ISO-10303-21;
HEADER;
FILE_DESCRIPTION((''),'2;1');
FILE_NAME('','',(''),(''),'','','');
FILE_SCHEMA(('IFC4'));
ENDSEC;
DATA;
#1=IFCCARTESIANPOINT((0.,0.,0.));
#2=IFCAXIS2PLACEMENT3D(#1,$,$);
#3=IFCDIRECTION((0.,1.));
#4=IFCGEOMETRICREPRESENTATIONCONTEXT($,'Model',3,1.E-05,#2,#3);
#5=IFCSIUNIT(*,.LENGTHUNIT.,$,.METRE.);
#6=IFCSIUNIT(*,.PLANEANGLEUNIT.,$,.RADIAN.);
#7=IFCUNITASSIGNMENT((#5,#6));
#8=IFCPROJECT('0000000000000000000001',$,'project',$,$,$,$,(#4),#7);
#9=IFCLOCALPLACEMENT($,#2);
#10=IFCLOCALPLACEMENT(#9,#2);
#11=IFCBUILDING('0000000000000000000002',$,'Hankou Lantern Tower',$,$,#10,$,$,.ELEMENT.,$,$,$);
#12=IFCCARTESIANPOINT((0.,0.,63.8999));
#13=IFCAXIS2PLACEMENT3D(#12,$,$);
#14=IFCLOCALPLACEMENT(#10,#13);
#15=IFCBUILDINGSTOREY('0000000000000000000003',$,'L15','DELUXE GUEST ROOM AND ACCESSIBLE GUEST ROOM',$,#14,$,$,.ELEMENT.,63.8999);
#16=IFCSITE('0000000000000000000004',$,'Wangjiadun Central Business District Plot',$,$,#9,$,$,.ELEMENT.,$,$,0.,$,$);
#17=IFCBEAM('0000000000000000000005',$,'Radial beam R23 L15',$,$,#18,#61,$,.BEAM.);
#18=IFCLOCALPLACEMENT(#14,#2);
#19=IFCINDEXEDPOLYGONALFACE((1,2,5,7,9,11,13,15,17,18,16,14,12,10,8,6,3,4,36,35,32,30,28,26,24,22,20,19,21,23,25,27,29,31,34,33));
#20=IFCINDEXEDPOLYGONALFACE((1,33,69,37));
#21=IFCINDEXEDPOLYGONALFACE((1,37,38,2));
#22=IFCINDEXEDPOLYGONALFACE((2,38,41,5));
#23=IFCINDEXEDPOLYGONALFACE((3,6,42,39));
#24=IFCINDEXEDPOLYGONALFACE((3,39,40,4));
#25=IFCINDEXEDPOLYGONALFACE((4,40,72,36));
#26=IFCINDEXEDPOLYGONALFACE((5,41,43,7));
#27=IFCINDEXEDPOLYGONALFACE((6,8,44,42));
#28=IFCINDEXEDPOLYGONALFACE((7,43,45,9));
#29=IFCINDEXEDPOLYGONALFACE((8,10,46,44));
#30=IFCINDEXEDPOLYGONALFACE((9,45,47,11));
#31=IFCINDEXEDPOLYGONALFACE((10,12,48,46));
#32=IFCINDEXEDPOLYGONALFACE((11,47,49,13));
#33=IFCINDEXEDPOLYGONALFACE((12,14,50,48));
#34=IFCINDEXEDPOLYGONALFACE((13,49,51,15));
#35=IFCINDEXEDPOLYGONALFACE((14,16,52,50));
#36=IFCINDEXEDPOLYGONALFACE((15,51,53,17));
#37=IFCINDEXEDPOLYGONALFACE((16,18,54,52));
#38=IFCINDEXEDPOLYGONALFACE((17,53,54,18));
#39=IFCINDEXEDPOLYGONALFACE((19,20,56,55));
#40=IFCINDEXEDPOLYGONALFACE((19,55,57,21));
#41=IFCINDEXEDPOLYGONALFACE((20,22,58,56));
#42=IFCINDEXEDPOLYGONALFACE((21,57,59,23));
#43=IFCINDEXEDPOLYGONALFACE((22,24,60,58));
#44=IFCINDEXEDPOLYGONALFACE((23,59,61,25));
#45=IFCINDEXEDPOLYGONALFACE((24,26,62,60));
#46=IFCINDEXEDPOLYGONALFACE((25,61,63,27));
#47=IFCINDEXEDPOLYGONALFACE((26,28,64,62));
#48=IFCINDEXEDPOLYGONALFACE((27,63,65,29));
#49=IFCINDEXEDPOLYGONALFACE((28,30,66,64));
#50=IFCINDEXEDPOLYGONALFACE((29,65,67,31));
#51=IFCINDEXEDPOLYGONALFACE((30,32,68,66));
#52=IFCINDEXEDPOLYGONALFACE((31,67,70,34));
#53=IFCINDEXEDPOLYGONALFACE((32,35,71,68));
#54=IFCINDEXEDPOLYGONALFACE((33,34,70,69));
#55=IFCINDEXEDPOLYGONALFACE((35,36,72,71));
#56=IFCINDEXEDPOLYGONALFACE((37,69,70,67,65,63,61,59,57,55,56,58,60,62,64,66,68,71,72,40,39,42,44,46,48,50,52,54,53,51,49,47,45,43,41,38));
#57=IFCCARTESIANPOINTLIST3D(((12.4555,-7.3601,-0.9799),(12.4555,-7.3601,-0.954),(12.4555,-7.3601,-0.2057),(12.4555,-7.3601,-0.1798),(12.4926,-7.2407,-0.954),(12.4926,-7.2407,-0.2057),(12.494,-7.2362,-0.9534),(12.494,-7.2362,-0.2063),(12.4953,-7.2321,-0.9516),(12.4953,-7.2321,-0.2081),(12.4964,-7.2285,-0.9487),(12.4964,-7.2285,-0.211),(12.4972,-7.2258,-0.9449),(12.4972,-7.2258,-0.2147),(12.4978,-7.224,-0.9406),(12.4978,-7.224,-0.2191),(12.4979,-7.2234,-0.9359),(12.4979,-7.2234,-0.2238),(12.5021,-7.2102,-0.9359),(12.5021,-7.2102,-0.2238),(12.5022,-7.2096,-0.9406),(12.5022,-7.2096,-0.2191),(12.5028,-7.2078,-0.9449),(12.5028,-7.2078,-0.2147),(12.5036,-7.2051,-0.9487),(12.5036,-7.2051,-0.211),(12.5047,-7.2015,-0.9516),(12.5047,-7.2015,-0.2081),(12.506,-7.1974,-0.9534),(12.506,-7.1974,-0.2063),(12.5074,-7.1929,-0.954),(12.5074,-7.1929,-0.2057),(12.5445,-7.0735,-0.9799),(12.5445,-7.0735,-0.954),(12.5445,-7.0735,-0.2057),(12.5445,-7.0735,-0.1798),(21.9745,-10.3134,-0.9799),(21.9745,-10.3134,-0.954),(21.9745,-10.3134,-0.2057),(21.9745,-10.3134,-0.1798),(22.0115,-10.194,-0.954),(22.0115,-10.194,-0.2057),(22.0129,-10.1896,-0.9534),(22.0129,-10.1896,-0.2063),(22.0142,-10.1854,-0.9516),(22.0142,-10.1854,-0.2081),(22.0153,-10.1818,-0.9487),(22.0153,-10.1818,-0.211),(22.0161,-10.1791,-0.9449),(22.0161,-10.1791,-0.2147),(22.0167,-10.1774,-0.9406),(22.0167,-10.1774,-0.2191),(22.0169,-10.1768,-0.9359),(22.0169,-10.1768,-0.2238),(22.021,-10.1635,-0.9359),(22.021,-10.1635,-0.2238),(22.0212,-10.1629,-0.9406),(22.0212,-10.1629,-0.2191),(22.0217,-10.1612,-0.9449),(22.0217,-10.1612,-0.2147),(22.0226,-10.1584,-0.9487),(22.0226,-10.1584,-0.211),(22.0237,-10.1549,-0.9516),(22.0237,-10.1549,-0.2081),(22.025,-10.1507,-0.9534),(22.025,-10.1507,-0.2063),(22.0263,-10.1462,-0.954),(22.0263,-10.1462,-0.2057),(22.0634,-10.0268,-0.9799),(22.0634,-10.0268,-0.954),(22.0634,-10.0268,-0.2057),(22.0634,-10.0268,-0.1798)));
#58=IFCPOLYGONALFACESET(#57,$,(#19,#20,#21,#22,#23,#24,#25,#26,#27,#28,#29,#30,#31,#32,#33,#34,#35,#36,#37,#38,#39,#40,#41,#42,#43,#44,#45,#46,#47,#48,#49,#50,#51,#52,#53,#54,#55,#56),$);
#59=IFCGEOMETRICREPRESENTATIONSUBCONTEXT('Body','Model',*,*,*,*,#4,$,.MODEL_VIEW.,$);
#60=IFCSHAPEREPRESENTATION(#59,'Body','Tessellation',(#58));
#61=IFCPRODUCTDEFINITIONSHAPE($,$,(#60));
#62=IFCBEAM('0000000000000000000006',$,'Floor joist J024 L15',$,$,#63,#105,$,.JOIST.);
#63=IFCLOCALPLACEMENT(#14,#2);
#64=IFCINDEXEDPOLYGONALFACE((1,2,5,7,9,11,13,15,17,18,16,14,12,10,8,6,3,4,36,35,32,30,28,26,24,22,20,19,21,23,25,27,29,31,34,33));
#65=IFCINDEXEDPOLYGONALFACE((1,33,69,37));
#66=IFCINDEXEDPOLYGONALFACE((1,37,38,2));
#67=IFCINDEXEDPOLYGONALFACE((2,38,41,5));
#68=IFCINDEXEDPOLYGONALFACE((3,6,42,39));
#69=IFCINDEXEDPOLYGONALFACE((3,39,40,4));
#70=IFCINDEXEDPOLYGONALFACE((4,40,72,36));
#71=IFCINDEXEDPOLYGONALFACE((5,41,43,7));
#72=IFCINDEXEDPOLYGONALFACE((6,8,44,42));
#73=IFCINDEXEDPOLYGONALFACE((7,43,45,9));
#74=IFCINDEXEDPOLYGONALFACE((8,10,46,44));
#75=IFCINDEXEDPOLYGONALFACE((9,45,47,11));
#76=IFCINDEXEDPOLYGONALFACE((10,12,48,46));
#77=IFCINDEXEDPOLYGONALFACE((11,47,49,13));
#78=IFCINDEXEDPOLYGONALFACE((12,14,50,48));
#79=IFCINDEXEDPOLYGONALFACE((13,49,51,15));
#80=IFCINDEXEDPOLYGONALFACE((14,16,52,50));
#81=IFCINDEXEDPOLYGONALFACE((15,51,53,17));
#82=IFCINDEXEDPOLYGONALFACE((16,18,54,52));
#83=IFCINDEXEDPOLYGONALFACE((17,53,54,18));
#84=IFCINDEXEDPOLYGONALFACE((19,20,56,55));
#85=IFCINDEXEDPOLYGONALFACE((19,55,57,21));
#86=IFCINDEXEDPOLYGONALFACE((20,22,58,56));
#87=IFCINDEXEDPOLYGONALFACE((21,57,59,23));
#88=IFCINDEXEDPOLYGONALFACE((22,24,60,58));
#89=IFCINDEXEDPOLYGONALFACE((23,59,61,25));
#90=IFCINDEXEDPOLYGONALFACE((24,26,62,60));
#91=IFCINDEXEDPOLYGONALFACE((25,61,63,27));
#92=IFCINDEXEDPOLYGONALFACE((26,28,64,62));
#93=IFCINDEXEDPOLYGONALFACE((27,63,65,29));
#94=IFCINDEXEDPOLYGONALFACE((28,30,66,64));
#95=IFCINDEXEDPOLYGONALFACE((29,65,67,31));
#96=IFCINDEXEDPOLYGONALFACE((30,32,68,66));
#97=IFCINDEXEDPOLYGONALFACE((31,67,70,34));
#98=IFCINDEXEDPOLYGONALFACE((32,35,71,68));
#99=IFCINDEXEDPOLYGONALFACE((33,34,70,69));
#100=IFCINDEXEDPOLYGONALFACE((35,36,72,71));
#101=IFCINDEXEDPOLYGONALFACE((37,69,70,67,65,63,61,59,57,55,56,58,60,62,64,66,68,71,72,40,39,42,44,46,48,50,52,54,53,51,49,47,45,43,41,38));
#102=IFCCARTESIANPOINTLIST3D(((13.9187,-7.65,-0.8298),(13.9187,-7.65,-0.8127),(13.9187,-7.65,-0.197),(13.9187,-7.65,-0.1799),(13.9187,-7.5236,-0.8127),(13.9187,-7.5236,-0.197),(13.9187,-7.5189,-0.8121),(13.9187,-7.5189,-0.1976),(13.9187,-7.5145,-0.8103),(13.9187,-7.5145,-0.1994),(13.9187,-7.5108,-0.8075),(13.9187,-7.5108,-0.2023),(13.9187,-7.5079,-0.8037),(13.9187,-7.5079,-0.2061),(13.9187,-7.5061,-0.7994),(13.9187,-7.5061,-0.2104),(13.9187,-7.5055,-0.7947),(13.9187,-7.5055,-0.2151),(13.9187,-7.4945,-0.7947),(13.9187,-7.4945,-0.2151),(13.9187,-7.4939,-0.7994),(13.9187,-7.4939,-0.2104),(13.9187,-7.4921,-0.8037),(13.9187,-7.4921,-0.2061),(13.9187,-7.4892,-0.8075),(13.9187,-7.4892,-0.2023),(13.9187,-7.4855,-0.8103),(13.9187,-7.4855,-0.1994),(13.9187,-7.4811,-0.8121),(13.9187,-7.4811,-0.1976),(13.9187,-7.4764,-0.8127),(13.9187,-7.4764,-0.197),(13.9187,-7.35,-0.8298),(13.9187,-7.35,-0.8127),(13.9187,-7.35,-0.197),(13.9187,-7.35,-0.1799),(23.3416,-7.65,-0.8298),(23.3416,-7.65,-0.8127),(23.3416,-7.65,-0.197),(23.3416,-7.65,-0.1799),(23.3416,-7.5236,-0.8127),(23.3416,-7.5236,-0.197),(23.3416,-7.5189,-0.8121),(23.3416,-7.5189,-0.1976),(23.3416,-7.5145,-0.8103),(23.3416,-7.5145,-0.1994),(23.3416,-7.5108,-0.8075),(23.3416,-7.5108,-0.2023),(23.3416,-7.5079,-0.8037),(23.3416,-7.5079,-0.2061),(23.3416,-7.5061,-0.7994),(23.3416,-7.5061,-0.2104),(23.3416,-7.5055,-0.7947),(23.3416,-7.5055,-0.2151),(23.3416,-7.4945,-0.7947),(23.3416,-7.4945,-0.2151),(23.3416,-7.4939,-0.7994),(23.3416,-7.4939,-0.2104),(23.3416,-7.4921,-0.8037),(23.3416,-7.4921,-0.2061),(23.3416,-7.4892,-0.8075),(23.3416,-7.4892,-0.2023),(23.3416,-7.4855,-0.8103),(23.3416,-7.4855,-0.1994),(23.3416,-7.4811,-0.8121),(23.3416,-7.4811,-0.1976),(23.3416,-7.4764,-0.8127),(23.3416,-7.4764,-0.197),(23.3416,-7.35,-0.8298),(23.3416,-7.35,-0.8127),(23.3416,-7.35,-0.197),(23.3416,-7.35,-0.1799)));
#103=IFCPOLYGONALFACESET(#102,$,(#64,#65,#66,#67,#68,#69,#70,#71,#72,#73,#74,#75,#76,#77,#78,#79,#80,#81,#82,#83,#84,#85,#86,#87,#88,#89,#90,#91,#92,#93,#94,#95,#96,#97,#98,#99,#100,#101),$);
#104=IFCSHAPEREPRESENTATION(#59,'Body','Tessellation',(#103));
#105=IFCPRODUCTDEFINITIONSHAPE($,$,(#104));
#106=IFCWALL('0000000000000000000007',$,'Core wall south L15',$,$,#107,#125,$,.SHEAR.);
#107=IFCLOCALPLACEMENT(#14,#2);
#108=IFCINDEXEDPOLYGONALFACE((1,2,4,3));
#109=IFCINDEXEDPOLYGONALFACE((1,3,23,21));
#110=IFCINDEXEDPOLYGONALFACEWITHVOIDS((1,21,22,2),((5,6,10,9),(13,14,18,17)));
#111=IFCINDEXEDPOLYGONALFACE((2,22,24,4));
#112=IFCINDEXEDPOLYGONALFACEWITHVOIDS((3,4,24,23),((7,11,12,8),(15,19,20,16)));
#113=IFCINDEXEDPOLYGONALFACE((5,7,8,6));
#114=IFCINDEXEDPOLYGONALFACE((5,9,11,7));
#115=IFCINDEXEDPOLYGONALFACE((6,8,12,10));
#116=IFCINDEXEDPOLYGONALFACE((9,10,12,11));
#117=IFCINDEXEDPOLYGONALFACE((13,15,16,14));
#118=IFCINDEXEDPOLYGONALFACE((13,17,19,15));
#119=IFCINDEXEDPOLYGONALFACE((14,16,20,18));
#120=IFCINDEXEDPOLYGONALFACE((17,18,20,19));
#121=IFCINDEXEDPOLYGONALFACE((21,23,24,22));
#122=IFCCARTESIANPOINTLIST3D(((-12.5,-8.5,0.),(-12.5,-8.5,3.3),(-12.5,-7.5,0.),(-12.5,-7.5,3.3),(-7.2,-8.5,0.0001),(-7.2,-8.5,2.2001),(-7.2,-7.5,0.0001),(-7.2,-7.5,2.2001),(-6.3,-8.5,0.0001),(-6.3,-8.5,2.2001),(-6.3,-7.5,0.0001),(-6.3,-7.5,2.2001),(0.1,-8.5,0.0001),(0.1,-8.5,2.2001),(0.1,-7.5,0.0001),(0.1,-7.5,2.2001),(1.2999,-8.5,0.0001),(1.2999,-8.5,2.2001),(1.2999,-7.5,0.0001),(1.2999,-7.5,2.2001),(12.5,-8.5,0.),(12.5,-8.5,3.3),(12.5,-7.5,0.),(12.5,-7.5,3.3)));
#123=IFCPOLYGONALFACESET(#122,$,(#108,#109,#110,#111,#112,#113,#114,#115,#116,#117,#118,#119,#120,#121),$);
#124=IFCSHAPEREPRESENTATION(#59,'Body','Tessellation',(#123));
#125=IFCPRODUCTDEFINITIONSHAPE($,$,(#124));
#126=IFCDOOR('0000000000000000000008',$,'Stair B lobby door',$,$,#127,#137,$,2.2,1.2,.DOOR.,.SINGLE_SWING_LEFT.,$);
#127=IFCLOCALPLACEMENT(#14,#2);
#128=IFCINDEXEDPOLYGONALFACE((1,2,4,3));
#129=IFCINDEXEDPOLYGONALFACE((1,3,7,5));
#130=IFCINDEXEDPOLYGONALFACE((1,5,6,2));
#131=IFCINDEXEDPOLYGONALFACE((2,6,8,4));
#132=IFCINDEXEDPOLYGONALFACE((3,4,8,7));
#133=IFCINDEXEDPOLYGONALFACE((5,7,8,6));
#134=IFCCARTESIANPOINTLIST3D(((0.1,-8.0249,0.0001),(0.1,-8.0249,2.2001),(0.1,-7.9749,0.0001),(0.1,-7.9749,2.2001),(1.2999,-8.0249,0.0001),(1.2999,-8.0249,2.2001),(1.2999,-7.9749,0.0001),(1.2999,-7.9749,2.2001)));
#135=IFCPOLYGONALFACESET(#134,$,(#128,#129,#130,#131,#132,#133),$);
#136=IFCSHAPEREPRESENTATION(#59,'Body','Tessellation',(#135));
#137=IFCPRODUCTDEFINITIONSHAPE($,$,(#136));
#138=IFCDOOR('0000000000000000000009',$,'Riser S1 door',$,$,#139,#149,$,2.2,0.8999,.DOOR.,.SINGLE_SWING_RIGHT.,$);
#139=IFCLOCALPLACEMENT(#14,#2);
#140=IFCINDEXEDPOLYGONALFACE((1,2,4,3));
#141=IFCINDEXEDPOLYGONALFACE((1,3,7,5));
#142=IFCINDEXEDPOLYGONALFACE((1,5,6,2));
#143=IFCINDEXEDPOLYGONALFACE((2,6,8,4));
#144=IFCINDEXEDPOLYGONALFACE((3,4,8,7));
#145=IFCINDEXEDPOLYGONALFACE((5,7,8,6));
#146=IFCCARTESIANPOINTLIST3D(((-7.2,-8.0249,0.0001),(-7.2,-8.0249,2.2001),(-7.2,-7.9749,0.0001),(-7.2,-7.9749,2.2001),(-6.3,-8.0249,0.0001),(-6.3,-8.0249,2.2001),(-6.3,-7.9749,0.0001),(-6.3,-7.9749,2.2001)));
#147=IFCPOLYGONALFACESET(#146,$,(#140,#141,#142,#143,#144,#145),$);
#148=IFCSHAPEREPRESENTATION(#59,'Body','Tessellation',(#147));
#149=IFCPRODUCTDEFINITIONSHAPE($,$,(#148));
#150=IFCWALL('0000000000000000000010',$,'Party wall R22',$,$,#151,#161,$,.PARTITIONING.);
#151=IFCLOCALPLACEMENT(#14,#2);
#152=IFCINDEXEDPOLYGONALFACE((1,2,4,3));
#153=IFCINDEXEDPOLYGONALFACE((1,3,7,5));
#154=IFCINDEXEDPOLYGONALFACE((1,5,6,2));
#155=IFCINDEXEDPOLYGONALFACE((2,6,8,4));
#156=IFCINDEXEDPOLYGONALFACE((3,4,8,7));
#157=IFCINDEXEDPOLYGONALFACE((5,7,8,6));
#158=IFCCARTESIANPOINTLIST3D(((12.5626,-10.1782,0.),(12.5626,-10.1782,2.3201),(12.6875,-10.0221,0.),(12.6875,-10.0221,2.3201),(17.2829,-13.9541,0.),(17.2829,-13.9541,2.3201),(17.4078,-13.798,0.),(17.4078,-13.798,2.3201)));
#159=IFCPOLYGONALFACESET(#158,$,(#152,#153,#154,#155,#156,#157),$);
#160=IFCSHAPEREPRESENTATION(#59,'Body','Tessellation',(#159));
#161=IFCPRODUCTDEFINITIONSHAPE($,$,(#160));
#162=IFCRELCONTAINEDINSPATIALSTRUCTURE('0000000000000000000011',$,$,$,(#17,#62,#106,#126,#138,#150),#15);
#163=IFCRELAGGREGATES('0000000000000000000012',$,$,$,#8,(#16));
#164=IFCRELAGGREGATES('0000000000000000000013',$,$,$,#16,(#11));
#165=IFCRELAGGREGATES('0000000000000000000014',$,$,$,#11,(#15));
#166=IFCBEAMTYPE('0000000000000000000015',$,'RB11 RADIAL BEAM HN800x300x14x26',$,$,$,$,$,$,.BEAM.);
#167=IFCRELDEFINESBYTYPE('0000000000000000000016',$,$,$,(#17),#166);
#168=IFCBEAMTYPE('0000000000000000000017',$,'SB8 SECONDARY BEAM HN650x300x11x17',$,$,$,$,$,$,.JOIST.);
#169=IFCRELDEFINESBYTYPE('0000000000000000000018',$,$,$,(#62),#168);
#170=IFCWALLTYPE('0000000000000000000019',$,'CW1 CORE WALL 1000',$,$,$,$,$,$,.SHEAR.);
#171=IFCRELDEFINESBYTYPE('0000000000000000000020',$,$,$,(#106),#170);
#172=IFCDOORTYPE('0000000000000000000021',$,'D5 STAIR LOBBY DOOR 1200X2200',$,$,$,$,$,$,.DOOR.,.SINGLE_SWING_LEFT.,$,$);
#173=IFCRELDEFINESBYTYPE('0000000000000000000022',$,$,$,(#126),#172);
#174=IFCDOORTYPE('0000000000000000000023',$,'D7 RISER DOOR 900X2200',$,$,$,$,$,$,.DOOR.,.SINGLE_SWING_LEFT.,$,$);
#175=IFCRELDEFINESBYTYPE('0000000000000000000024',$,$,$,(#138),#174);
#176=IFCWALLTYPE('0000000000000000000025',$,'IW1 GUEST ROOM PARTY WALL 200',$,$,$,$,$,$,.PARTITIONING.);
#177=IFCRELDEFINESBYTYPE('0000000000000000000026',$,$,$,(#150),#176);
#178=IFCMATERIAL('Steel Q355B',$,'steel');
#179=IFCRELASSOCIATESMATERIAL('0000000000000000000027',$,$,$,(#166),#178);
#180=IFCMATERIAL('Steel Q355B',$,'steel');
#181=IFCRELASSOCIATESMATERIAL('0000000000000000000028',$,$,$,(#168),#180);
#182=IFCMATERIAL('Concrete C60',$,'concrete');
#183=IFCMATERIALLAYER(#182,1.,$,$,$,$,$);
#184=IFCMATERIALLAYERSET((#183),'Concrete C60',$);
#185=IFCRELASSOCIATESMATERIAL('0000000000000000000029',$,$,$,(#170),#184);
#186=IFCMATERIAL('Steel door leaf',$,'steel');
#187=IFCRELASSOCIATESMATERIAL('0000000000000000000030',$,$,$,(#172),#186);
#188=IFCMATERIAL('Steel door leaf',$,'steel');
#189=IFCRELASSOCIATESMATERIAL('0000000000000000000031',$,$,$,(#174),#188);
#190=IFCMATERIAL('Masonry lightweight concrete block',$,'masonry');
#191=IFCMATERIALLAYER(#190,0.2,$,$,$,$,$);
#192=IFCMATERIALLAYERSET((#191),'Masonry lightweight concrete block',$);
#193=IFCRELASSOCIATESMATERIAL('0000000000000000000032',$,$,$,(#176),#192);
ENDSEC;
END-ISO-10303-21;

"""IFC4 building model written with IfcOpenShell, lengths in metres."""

from ifc_helpers import new_model, si_unit, direction, frame, frame_2d, origin, origin_2d, place, context, subcontext, project, spatial, rectangle, i_section, extrude, material, layer, layer_set, material_profile, profile_set, type_object, element, fill, save


model = new_model("IFC4")

# Units and contexts
model_context = context("Model", 3, precision=1e-05, world=origin(), true_north=direction((0.0, 1.0)))
body_context = subcontext(model_context, "Body", "Model", "MODEL_VIEW")
ifc_project = project(units=[si_unit("LENGTHUNIT", "METRE"), si_unit("PLANEANGLEUNIT", "RADIAN")], contexts=[model_context])

# Site, building, storey
site_placement = place(None, origin())
site = spatial("IfcSite", under=ifc_project, at=site_placement, Name="Wangjiadun Central Business District Plot", CompositionType="ELEMENT", RefElevation=0.0)
building_placement = place(site_placement, origin())
building = spatial("IfcBuilding", under=site, at=building_placement, Name="Hankou Lantern Tower", CompositionType="ELEMENT")
storey_placement = place(building_placement, frame((0.0, 0.0, 63.8999)))
storey = spatial("IfcBuildingStorey", under=building, at=storey_placement, Name="L15", Description="DELUXE GUEST ROOM AND ACCESSIBLE GUEST ROOM", CompositionType="ELEMENT", Elevation=63.8999)

# Beams
ifc_material_1 = material(Name="Steel Q355B", Category="steel")
ifc_material_profile_1 = material_profile(ifc_material_1, i_section(OverallWidth=0.3, OverallDepth=0.8, WebThickness=0.0139, FlangeThickness=0.0259, FilletRadius=0.0181, at=origin_2d()), Name="HN800x300x14x26")
ifc_profile_set_1 = profile_set([ifc_material_profile_1], Name="Steel Q355B")
beam_type_1 = type_object("IfcBeamType", Name="RB11 RADIAL BEAM HN800x300x14x26", PredefinedType="BEAM", material=ifc_profile_set_1)
beam_1_placement = place(storey_placement, frame((12.5, -7.2168, -0.5798), z_axis=(0.955087, -0.296324, 0.0), x_axis=(0.296324, 0.955087, 0.0)))
element("IfcBeam", 1, at=beam_1_placement, inside=storey, type_object=beam_type_1, Name="Radial beam R23 L15", PredefinedType="BEAM", context=body_context, shape_type="SweptSolid", body=[
    extrude(i_section(OverallWidth=0.3, OverallDepth=0.8, WebThickness=0.0139, FlangeThickness=0.0259, FilletRadius=0.0181, at=origin_2d()), origin(), (0.0, 0.0, 1.0), 9.9666),
])
ifc_material_2 = material(Name="Steel Q355B", Category="steel")
ifc_material_profile_2 = material_profile(ifc_material_2, i_section(OverallWidth=0.3, OverallDepth=0.6499, WebThickness=0.011, FlangeThickness=0.0171, FilletRadius=0.0181, at=origin_2d()), Name="HN650x300x11x17")
ifc_profile_set_2 = profile_set([ifc_material_profile_2], Name="Steel Q355B")
beam_type_2 = type_object("IfcBeamType", Name="SB8 SECONDARY BEAM HN650x300x11x17", PredefinedType="JOIST", material=ifc_profile_set_2)
beam_2_placement = place(storey_placement, frame((13.9187, -7.5, -0.5049), z_axis=(1.0, 0.0, 0.0), x_axis=(0.0, 1.0, 0.0)))
element("IfcBeam", 2, at=beam_2_placement, inside=storey, type_object=beam_type_2, Name="Floor joist J024 L15", PredefinedType="JOIST", context=body_context, shape_type="SweptSolid", body=[
    extrude(i_section(OverallWidth=0.3, OverallDepth=0.6499, WebThickness=0.011, FlangeThickness=0.0171, FilletRadius=0.0181, at=origin_2d()), origin(), (0.0, 0.0, 1.0), 9.4229),
])

# Wall, openings, doors
ifc_material_3 = material(Name="Concrete C60", Category="concrete")
ifc_layer_1 = layer(ifc_material_3, 1.0)
ifc_layer_set_1 = layer_set([ifc_layer_1], Name="Concrete C60")
wall_type_1 = type_object("IfcWallType", Name="CW1 CORE WALL 1000", PredefinedType="SHEAR", material=ifc_layer_set_1)
wall_1_placement = place(storey_placement, frame((12.5, -8.0, 0.0), z_axis=(0.0, 0.0, 1.0), x_axis=(-1.0, 0.0, 0.0)))
wall_1 = element("IfcWall", 3, at=wall_1_placement, inside=storey, type_object=wall_type_1, Name="Core wall south L15", PredefinedType="SHEAR", context=body_context, shape_type="SweptSolid", body=[
    extrude(rectangle(XDim=25.0, YDim=1.0, at=frame_2d((12.5, 0.0))), origin(), (0.0, 0.0, 1.0), 3.3),
])
opening_1_placement = place(wall_1_placement, frame((11.2, 0.0, 0.0)))
opening_1 = element("IfcOpeningElement", 4, at=opening_1_placement, cuts=wall_1, PredefinedType="OPENING", context=body_context, shape_type="SweptSolid", body=[
    extrude(rectangle(XDim=1.2, YDim=2.2, at=frame_2d((0.6001, 1.1001))), frame((0.0, 0.51, 0.0), z_axis=(0.0, -1.0, 0.0), x_axis=(1.0, 0.0, 0.0)), (0.0, 0.0, 1.0), 1.02),
])
opening_2_placement = place(wall_1_placement, frame((18.8, 0.0, 0.0)))
opening_2 = element("IfcOpeningElement", 5, at=opening_2_placement, cuts=wall_1, PredefinedType="OPENING", context=body_context, shape_type="SweptSolid", body=[
    extrude(rectangle(XDim=0.8999, YDim=2.2, at=frame_2d((0.45, 1.1001))), frame((0.0, 0.51, 0.0), z_axis=(0.0, -1.0, 0.0), x_axis=(1.0, 0.0, 0.0)), (0.0, 0.0, 1.0), 1.02),
])
ifc_material_4 = material(Name="Steel door leaf", Category="steel")
door_type_1 = type_object("IfcDoorType", Name="D5 STAIR LOBBY DOOR 1200X2200", OperationType="SINGLE_SWING_LEFT", PredefinedType="DOOR", material=ifc_material_4)
door_1_placement = place(opening_1_placement, origin())
door_1 = element("IfcDoor", 6, at=door_1_placement, inside=storey, type_object=door_type_1, Name="Stair B lobby door", OperationType="SINGLE_SWING_LEFT", OverallHeight=2.2, OverallWidth=1.2, PredefinedType="DOOR", context=body_context, shape_type="SweptSolid", body=[
    extrude(rectangle(XDim=1.2, YDim=2.2, at=frame_2d((0.6001, 1.1001))), frame((0.0, 0.0249, 0.0), z_axis=(0.0, -1.0, 0.0), x_axis=(1.0, 0.0, 0.0)), (0.0, 0.0, 1.0), 0.05),
])
fill(opening_1, door_1)
ifc_material_5 = material(Name="Steel door leaf", Category="steel")
door_type_2 = type_object("IfcDoorType", Name="D7 RISER DOOR 900X2200", OperationType="SINGLE_SWING_LEFT", PredefinedType="DOOR", material=ifc_material_5)
door_2_placement = place(opening_2_placement, origin())
door_2 = element("IfcDoor", 7, at=door_2_placement, inside=storey, type_object=door_type_2, Name="Riser S1 door", OperationType="SINGLE_SWING_RIGHT", OverallHeight=2.2, OverallWidth=0.8999, PredefinedType="DOOR", context=body_context, shape_type="SweptSolid", body=[
    extrude(rectangle(XDim=0.8999, YDim=2.2, at=frame_2d((0.45, 1.1001))), frame((0.0, 0.0249, 0.0), z_axis=(0.0, -1.0, 0.0), x_axis=(1.0, 0.0, 0.0)), (0.0, 0.0, 1.0), 0.05),
])
fill(opening_2, door_2)

# Wall
ifc_material_6 = material(Name="Masonry lightweight concrete block", Category="masonry")
ifc_layer_2 = layer(ifc_material_6, 0.2)
ifc_layer_set_2 = layer_set([ifc_layer_2], Name="Masonry lightweight concrete block")
wall_type_2 = type_object("IfcWallType", Name="IW1 GUEST ROOM PARTY WALL 200", PredefinedType="PARTITIONING", material=ifc_layer_set_2)
wall_2_placement = place(storey_placement, frame((12.625, -10.1001, 0.0), z_axis=(0.0, 0.0, 1.0), x_axis=(0.780892, -0.624665, 0.0)))
element("IfcWall", 8, at=wall_2_placement, inside=storey, type_object=wall_type_2, Name="Party wall R22", PredefinedType="PARTITIONING", context=body_context, shape_type="SweptSolid", body=[
    extrude(rectangle(XDim=6.0447, YDim=0.2, at=frame_2d((3.0225, 0.0))), origin(), (0.0, 0.0, 1.0), 2.3201),
])

save(model, "model.ifc")
